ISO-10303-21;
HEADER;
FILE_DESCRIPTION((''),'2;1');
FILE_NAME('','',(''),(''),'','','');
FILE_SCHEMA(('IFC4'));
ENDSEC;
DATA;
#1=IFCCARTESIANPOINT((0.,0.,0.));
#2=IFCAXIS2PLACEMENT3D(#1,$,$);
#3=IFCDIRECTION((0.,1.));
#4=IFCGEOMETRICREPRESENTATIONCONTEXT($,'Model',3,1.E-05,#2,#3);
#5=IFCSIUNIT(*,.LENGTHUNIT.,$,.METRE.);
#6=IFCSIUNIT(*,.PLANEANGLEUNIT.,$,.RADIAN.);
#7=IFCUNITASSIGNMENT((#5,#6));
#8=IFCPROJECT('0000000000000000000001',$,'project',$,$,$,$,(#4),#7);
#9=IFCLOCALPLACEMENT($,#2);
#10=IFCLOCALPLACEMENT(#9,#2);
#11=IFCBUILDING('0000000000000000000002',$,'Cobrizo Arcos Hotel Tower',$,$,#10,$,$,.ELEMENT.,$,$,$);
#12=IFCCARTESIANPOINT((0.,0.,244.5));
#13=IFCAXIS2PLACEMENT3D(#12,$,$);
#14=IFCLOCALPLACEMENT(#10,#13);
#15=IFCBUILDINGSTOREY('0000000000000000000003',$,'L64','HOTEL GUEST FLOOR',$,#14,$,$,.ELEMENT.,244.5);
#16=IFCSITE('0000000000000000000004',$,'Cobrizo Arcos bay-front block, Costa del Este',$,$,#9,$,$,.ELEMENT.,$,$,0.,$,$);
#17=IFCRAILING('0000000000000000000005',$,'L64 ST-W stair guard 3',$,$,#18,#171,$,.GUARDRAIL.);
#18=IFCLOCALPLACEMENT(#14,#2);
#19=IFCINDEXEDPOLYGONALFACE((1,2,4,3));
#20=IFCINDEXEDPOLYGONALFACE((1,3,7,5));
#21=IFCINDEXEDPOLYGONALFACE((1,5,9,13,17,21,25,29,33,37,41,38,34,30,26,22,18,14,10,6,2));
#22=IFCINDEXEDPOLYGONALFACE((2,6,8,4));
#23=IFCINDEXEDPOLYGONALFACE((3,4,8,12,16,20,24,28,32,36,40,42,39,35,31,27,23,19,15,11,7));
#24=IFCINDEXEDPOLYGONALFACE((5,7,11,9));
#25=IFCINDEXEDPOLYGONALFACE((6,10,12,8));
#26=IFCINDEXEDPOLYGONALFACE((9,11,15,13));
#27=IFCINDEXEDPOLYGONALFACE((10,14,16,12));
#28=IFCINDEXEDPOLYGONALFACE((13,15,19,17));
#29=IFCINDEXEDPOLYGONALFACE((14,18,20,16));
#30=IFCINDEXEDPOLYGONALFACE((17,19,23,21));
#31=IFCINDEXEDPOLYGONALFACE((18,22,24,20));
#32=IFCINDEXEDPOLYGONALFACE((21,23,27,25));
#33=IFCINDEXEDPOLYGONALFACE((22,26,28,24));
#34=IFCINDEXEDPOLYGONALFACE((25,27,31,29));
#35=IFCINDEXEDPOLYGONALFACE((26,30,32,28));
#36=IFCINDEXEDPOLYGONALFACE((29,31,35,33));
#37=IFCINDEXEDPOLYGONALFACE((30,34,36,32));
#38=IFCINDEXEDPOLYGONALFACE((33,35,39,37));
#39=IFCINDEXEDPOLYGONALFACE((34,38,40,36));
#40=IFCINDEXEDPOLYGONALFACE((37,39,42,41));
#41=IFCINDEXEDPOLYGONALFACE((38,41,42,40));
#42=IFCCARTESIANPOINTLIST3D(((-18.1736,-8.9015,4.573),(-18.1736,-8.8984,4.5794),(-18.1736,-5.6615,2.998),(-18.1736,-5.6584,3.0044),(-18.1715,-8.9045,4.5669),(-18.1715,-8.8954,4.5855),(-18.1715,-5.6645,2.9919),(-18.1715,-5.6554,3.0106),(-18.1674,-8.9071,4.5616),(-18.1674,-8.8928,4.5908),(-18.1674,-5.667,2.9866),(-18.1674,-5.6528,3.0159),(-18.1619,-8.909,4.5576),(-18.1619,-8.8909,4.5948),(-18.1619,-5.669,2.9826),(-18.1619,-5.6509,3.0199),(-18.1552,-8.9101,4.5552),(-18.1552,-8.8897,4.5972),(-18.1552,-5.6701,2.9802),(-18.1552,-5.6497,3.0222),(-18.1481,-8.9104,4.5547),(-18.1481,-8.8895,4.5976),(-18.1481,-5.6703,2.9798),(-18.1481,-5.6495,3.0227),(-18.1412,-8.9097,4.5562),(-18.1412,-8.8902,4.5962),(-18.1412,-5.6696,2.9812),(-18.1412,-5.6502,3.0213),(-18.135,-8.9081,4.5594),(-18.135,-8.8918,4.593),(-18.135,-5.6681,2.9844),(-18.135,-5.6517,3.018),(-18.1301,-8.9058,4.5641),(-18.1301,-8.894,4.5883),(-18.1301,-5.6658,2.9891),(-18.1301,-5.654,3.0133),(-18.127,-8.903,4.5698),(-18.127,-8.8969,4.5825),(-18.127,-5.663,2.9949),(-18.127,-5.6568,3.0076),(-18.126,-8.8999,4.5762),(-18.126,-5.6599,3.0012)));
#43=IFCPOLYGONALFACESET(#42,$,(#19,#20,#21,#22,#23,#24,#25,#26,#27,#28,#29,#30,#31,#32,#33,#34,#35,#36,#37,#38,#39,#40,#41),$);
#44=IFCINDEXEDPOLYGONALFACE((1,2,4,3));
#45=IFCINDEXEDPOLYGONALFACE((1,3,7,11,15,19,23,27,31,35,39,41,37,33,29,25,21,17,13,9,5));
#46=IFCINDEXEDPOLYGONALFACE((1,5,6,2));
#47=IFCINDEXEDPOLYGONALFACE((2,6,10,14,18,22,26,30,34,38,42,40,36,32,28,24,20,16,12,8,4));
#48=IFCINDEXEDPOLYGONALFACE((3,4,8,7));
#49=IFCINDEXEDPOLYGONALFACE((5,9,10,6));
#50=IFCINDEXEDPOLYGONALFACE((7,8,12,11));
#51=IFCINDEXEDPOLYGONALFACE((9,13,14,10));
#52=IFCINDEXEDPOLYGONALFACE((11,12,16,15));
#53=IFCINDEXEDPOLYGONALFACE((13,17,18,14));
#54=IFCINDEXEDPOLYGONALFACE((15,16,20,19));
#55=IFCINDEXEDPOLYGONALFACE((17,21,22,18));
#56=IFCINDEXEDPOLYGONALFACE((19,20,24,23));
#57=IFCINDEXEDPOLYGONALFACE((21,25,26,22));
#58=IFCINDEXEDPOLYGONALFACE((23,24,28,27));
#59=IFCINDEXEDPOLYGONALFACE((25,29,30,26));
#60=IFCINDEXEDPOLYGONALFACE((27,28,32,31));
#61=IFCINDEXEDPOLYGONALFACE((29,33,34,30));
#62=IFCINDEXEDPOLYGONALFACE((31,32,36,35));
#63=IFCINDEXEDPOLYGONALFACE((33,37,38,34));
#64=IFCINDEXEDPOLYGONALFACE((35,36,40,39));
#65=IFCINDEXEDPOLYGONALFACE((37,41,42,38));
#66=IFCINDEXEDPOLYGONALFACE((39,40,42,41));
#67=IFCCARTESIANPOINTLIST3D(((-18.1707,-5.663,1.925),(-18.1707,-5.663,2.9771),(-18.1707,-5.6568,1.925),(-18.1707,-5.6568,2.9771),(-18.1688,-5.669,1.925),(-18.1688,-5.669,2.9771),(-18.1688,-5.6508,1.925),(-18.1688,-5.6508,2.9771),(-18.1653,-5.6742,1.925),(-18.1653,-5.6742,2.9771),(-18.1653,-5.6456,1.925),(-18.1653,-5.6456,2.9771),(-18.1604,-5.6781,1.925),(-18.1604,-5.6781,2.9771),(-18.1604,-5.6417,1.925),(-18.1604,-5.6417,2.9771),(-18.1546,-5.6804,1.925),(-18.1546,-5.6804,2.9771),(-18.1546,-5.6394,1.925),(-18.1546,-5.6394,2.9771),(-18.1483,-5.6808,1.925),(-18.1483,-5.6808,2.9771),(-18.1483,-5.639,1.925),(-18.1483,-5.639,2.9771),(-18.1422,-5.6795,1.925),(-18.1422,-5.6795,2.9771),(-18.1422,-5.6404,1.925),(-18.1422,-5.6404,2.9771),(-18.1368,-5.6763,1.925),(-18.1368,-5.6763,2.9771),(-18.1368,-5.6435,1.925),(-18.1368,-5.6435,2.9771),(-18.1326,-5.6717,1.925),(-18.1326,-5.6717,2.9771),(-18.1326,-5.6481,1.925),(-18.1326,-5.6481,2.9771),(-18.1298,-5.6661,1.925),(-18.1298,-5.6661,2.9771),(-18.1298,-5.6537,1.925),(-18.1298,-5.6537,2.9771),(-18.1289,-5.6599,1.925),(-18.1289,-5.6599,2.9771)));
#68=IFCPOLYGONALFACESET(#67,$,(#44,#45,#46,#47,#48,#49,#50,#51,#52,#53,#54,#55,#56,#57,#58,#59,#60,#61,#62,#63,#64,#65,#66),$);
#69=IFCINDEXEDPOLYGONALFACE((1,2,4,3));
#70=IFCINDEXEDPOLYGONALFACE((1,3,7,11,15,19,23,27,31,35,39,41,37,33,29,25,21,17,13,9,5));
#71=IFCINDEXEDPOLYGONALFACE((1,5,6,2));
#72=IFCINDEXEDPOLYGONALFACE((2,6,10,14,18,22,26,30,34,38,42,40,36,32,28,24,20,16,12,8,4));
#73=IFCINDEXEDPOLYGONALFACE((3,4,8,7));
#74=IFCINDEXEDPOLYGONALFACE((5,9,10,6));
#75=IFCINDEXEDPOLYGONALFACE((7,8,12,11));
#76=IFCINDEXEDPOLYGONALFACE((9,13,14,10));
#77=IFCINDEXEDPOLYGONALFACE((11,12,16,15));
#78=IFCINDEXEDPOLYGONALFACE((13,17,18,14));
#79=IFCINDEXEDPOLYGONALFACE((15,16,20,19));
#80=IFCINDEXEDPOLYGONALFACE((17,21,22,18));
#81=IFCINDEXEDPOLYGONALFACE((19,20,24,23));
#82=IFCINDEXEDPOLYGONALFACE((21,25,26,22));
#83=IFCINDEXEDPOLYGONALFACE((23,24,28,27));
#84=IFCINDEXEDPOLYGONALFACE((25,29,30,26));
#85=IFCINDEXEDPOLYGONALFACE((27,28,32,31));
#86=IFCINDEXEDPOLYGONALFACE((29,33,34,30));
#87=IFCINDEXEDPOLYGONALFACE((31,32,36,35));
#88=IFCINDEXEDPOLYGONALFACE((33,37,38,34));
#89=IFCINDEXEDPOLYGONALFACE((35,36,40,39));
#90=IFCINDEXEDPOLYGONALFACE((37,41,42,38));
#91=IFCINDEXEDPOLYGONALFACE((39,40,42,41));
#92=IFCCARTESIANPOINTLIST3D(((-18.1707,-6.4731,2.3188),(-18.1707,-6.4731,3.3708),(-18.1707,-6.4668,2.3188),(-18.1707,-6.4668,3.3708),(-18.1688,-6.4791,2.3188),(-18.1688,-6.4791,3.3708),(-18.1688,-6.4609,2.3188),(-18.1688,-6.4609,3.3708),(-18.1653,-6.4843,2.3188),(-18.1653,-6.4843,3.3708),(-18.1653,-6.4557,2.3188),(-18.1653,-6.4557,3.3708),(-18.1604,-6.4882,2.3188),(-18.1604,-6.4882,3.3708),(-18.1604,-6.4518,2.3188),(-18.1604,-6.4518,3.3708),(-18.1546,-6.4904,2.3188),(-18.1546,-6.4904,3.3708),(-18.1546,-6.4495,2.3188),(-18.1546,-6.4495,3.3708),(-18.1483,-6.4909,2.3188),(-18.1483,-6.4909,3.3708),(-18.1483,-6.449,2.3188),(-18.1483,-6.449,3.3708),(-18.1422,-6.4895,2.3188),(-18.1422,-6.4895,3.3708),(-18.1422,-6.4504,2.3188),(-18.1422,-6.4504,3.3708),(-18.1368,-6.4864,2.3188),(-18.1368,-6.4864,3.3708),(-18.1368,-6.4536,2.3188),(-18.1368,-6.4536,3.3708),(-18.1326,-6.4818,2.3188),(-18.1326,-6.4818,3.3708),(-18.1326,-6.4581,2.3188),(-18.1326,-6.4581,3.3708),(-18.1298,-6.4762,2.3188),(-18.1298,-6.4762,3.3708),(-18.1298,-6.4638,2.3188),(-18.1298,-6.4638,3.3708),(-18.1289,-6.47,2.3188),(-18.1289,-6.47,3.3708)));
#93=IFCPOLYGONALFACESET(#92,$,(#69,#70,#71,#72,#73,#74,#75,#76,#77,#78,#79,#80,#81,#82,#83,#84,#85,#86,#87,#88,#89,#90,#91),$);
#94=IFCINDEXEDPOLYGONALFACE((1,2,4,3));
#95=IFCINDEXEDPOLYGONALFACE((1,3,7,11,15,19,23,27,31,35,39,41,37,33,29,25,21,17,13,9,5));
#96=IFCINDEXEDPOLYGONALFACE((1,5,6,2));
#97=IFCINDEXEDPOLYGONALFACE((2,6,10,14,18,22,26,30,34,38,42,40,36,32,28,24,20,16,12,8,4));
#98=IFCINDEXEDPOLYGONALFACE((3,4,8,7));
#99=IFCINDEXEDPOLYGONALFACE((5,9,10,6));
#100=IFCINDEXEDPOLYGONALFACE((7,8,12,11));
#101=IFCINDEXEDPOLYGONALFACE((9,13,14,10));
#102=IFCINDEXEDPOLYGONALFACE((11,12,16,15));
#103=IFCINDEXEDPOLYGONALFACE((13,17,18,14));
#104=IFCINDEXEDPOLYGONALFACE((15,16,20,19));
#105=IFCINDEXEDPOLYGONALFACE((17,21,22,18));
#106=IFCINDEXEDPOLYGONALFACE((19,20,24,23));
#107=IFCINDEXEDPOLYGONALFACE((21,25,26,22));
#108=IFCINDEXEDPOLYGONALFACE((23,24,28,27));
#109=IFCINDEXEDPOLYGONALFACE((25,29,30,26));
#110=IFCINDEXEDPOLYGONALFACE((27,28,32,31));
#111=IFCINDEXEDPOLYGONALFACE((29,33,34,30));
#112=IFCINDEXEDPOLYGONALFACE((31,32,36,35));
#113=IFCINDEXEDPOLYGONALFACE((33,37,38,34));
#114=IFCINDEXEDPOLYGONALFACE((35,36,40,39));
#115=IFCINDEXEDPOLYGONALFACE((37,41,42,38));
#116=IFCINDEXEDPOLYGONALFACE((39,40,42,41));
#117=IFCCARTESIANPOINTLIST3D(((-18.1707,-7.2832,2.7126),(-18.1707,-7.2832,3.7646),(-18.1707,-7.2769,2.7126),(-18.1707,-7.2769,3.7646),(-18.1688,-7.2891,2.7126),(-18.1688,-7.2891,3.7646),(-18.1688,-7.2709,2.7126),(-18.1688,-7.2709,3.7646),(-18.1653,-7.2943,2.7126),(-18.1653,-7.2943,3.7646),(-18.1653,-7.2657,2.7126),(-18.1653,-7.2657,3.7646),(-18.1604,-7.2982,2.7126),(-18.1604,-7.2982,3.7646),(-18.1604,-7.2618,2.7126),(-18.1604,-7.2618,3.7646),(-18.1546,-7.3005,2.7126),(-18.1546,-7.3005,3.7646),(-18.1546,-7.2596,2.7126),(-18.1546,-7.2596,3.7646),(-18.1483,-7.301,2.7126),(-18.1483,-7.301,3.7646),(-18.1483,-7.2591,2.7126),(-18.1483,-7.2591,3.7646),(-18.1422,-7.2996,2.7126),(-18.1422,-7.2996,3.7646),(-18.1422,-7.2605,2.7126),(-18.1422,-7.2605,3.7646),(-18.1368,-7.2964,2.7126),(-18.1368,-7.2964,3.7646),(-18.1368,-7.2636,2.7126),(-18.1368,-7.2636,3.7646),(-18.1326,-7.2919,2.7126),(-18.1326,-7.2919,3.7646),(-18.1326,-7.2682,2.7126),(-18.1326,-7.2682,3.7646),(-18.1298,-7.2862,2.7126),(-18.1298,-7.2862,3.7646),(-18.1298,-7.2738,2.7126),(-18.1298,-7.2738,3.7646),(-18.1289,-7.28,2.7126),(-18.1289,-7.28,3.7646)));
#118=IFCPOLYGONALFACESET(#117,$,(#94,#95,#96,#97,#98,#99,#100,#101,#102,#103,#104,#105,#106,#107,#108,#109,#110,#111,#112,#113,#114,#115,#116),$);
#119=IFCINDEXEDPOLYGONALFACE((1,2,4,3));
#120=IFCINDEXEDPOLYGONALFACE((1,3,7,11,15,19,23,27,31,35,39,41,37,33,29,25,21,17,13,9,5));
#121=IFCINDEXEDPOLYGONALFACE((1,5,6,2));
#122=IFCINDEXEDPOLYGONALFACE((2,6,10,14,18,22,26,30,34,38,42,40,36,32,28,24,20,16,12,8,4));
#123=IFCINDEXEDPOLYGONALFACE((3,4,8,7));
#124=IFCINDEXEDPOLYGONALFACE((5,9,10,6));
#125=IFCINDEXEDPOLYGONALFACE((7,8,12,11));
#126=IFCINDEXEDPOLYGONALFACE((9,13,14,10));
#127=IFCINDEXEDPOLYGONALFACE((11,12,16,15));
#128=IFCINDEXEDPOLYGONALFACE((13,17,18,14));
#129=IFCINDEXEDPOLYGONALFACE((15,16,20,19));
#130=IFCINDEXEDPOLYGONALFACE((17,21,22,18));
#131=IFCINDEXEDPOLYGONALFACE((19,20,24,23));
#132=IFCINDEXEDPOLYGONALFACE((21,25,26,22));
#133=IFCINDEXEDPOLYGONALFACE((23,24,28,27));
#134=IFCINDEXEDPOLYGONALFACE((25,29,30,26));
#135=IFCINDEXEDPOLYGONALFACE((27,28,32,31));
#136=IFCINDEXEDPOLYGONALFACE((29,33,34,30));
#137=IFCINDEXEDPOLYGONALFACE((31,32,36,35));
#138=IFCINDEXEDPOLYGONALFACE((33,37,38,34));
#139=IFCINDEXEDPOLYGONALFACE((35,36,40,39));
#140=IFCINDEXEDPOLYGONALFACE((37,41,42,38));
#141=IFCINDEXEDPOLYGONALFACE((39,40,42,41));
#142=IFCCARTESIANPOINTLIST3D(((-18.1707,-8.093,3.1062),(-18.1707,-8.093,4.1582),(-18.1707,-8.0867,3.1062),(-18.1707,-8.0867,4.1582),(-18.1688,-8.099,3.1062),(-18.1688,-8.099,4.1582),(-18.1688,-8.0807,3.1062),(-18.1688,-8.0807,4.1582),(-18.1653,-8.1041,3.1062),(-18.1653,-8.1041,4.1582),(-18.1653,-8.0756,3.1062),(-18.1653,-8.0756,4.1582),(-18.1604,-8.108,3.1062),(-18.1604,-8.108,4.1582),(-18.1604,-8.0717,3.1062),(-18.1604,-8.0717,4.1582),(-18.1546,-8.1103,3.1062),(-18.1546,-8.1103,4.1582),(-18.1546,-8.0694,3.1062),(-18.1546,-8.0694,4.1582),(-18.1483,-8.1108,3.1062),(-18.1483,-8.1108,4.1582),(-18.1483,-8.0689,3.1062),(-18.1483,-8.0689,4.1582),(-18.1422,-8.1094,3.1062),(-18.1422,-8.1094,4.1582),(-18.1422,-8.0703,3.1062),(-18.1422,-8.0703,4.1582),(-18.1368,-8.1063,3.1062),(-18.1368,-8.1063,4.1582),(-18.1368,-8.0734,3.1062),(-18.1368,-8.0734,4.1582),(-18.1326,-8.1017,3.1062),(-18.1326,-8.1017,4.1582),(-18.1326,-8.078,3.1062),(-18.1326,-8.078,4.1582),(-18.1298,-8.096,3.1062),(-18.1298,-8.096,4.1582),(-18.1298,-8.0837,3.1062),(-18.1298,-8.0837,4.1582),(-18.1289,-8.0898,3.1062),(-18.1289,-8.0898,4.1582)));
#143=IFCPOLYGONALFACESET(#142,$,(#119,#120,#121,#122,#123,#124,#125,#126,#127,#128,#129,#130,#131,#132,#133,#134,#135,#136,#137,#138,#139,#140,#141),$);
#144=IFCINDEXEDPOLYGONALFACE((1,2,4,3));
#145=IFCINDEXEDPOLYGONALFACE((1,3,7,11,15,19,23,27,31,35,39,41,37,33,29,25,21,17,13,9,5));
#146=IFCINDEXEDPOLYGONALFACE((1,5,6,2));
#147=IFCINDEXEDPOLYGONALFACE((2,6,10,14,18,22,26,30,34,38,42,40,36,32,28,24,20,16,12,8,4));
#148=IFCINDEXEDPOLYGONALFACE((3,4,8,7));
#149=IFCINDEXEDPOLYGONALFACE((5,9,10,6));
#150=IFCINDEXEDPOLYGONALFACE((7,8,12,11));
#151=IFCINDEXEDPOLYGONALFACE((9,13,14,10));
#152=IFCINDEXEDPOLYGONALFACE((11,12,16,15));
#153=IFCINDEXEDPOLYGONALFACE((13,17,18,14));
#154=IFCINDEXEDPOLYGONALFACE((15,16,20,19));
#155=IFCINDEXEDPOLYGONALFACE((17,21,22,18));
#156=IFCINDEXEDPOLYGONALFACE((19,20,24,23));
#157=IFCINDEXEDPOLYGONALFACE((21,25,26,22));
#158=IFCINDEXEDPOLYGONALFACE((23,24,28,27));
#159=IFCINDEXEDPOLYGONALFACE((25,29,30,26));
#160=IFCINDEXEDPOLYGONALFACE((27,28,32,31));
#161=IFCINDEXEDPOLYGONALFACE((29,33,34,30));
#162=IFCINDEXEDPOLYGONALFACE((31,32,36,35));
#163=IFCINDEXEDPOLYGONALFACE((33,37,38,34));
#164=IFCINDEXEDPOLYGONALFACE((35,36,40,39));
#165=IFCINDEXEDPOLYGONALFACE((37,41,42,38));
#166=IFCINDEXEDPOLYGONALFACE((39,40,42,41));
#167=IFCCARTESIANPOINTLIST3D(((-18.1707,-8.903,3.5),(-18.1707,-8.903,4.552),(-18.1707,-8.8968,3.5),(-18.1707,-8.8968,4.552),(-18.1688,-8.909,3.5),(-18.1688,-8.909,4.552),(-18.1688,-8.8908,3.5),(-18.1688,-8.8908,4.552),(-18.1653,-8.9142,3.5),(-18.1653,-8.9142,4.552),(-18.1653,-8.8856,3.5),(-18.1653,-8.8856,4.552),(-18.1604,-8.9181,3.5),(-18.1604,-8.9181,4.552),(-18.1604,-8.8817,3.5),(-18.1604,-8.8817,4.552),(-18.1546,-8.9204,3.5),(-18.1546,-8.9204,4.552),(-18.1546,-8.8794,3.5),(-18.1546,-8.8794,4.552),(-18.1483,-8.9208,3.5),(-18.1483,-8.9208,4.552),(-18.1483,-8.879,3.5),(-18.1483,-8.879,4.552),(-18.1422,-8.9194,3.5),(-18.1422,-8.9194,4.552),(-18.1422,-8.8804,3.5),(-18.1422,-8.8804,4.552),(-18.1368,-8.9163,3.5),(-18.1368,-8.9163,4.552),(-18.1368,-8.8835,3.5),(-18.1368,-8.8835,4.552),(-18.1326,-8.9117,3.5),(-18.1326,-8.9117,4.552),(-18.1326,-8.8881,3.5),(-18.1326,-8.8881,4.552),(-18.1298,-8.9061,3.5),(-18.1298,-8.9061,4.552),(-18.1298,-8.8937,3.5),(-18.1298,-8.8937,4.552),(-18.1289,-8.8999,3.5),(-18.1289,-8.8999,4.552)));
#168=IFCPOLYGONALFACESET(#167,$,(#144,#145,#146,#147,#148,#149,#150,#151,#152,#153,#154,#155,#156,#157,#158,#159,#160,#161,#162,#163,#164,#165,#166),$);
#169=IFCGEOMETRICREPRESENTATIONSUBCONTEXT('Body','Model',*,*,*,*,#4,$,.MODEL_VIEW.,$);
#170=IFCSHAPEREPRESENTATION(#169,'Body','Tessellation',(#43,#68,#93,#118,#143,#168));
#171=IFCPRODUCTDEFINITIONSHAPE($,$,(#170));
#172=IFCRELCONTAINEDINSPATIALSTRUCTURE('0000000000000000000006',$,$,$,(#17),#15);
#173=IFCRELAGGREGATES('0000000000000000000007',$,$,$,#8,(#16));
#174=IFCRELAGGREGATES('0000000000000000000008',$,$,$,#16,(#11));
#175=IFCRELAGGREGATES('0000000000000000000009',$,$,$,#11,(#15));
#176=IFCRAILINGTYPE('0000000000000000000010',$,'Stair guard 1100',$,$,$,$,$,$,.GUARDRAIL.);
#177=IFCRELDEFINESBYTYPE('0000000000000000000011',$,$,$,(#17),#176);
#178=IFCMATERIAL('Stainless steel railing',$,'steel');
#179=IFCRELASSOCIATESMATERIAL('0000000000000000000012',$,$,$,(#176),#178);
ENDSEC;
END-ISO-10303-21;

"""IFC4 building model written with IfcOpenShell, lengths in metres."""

from ifc_helpers import new_model, si_unit, direction, frame, origin, origin_2d, place, context, subcontext, project, spatial, circle, extrude, material, type_object, element, save


model = new_model("IFC4")

# Units and contexts
model_context = context("Model", 3, precision=1e-05, world=origin(), true_north=direction((0.0, 1.0)))
body_context = subcontext(model_context, "Body", "Model", "MODEL_VIEW")
ifc_project = project(units=[si_unit("LENGTHUNIT", "METRE"), si_unit("PLANEANGLEUNIT", "RADIAN")], contexts=[model_context])

# Site, building, storey
site_placement = place(None, origin())
site = spatial("IfcSite", under=ifc_project, at=site_placement, Name="Cobrizo Arcos bay-front block, Costa del Este", CompositionType="ELEMENT", RefElevation=0.0)
building_placement = place(site_placement, origin())
building = spatial("IfcBuilding", under=site, at=building_placement, Name="Cobrizo Arcos Hotel Tower", CompositionType="ELEMENT")
storey_placement = place(building_placement, frame((0.0, 0.0, 244.5)))
storey = spatial("IfcBuildingStorey", under=building, at=storey_placement, Name="L64", Description="HOTEL GUEST FLOOR", CompositionType="ELEMENT", Elevation=244.5)

# Railing
ifc_material_1 = material(Name="Stainless steel railing", Category="steel")
railing_type_1 = type_object("IfcRailingType", Name="Stair guard 1100", PredefinedType="GUARDRAIL", material=ifc_material_1)
railing_1_placement = place(storey_placement, frame((-18.1499, -5.6599, 1.925)))
element("IfcRailing", 1, at=railing_1_placement, inside=storey, type_object=railing_type_1, Name="L64 ST-W stair guard 3", PredefinedType="GUARDRAIL", context=body_context, shape_type="SweptSolid", body=[
    extrude(circle(Radius=0.0239, at=origin_2d()), frame((0.0, 0.0, 1.0762), z_axis=(0.0, -0.899373, 0.437183), x_axis=(1.0, 0.0, 0.0)), (0.0, 0.0, 1.0), 3.6025),
    extrude(circle(Radius=0.021, at=origin_2d()), origin(), (0.0, 0.0, 1.0), 1.052),
    extrude(circle(Radius=0.021, at=origin_2d()), frame((0.0, -0.8101, 0.3938)), (0.0, 0.0, 1.0), 1.052),
    extrude(circle(Radius=0.021, at=origin_2d()), frame((0.0, -1.6201, 0.7876)), (0.0, 0.0, 1.0), 1.052),
    extrude(circle(Radius=0.021, at=origin_2d()), frame((0.0, -2.4299, 1.1812)), (0.0, 0.0, 1.0), 1.052),
    extrude(circle(Radius=0.021, at=origin_2d()), frame((0.0, -3.24, 1.575)), (0.0, 0.0, 1.0), 1.052),
])

save(model, "model.ifc")
